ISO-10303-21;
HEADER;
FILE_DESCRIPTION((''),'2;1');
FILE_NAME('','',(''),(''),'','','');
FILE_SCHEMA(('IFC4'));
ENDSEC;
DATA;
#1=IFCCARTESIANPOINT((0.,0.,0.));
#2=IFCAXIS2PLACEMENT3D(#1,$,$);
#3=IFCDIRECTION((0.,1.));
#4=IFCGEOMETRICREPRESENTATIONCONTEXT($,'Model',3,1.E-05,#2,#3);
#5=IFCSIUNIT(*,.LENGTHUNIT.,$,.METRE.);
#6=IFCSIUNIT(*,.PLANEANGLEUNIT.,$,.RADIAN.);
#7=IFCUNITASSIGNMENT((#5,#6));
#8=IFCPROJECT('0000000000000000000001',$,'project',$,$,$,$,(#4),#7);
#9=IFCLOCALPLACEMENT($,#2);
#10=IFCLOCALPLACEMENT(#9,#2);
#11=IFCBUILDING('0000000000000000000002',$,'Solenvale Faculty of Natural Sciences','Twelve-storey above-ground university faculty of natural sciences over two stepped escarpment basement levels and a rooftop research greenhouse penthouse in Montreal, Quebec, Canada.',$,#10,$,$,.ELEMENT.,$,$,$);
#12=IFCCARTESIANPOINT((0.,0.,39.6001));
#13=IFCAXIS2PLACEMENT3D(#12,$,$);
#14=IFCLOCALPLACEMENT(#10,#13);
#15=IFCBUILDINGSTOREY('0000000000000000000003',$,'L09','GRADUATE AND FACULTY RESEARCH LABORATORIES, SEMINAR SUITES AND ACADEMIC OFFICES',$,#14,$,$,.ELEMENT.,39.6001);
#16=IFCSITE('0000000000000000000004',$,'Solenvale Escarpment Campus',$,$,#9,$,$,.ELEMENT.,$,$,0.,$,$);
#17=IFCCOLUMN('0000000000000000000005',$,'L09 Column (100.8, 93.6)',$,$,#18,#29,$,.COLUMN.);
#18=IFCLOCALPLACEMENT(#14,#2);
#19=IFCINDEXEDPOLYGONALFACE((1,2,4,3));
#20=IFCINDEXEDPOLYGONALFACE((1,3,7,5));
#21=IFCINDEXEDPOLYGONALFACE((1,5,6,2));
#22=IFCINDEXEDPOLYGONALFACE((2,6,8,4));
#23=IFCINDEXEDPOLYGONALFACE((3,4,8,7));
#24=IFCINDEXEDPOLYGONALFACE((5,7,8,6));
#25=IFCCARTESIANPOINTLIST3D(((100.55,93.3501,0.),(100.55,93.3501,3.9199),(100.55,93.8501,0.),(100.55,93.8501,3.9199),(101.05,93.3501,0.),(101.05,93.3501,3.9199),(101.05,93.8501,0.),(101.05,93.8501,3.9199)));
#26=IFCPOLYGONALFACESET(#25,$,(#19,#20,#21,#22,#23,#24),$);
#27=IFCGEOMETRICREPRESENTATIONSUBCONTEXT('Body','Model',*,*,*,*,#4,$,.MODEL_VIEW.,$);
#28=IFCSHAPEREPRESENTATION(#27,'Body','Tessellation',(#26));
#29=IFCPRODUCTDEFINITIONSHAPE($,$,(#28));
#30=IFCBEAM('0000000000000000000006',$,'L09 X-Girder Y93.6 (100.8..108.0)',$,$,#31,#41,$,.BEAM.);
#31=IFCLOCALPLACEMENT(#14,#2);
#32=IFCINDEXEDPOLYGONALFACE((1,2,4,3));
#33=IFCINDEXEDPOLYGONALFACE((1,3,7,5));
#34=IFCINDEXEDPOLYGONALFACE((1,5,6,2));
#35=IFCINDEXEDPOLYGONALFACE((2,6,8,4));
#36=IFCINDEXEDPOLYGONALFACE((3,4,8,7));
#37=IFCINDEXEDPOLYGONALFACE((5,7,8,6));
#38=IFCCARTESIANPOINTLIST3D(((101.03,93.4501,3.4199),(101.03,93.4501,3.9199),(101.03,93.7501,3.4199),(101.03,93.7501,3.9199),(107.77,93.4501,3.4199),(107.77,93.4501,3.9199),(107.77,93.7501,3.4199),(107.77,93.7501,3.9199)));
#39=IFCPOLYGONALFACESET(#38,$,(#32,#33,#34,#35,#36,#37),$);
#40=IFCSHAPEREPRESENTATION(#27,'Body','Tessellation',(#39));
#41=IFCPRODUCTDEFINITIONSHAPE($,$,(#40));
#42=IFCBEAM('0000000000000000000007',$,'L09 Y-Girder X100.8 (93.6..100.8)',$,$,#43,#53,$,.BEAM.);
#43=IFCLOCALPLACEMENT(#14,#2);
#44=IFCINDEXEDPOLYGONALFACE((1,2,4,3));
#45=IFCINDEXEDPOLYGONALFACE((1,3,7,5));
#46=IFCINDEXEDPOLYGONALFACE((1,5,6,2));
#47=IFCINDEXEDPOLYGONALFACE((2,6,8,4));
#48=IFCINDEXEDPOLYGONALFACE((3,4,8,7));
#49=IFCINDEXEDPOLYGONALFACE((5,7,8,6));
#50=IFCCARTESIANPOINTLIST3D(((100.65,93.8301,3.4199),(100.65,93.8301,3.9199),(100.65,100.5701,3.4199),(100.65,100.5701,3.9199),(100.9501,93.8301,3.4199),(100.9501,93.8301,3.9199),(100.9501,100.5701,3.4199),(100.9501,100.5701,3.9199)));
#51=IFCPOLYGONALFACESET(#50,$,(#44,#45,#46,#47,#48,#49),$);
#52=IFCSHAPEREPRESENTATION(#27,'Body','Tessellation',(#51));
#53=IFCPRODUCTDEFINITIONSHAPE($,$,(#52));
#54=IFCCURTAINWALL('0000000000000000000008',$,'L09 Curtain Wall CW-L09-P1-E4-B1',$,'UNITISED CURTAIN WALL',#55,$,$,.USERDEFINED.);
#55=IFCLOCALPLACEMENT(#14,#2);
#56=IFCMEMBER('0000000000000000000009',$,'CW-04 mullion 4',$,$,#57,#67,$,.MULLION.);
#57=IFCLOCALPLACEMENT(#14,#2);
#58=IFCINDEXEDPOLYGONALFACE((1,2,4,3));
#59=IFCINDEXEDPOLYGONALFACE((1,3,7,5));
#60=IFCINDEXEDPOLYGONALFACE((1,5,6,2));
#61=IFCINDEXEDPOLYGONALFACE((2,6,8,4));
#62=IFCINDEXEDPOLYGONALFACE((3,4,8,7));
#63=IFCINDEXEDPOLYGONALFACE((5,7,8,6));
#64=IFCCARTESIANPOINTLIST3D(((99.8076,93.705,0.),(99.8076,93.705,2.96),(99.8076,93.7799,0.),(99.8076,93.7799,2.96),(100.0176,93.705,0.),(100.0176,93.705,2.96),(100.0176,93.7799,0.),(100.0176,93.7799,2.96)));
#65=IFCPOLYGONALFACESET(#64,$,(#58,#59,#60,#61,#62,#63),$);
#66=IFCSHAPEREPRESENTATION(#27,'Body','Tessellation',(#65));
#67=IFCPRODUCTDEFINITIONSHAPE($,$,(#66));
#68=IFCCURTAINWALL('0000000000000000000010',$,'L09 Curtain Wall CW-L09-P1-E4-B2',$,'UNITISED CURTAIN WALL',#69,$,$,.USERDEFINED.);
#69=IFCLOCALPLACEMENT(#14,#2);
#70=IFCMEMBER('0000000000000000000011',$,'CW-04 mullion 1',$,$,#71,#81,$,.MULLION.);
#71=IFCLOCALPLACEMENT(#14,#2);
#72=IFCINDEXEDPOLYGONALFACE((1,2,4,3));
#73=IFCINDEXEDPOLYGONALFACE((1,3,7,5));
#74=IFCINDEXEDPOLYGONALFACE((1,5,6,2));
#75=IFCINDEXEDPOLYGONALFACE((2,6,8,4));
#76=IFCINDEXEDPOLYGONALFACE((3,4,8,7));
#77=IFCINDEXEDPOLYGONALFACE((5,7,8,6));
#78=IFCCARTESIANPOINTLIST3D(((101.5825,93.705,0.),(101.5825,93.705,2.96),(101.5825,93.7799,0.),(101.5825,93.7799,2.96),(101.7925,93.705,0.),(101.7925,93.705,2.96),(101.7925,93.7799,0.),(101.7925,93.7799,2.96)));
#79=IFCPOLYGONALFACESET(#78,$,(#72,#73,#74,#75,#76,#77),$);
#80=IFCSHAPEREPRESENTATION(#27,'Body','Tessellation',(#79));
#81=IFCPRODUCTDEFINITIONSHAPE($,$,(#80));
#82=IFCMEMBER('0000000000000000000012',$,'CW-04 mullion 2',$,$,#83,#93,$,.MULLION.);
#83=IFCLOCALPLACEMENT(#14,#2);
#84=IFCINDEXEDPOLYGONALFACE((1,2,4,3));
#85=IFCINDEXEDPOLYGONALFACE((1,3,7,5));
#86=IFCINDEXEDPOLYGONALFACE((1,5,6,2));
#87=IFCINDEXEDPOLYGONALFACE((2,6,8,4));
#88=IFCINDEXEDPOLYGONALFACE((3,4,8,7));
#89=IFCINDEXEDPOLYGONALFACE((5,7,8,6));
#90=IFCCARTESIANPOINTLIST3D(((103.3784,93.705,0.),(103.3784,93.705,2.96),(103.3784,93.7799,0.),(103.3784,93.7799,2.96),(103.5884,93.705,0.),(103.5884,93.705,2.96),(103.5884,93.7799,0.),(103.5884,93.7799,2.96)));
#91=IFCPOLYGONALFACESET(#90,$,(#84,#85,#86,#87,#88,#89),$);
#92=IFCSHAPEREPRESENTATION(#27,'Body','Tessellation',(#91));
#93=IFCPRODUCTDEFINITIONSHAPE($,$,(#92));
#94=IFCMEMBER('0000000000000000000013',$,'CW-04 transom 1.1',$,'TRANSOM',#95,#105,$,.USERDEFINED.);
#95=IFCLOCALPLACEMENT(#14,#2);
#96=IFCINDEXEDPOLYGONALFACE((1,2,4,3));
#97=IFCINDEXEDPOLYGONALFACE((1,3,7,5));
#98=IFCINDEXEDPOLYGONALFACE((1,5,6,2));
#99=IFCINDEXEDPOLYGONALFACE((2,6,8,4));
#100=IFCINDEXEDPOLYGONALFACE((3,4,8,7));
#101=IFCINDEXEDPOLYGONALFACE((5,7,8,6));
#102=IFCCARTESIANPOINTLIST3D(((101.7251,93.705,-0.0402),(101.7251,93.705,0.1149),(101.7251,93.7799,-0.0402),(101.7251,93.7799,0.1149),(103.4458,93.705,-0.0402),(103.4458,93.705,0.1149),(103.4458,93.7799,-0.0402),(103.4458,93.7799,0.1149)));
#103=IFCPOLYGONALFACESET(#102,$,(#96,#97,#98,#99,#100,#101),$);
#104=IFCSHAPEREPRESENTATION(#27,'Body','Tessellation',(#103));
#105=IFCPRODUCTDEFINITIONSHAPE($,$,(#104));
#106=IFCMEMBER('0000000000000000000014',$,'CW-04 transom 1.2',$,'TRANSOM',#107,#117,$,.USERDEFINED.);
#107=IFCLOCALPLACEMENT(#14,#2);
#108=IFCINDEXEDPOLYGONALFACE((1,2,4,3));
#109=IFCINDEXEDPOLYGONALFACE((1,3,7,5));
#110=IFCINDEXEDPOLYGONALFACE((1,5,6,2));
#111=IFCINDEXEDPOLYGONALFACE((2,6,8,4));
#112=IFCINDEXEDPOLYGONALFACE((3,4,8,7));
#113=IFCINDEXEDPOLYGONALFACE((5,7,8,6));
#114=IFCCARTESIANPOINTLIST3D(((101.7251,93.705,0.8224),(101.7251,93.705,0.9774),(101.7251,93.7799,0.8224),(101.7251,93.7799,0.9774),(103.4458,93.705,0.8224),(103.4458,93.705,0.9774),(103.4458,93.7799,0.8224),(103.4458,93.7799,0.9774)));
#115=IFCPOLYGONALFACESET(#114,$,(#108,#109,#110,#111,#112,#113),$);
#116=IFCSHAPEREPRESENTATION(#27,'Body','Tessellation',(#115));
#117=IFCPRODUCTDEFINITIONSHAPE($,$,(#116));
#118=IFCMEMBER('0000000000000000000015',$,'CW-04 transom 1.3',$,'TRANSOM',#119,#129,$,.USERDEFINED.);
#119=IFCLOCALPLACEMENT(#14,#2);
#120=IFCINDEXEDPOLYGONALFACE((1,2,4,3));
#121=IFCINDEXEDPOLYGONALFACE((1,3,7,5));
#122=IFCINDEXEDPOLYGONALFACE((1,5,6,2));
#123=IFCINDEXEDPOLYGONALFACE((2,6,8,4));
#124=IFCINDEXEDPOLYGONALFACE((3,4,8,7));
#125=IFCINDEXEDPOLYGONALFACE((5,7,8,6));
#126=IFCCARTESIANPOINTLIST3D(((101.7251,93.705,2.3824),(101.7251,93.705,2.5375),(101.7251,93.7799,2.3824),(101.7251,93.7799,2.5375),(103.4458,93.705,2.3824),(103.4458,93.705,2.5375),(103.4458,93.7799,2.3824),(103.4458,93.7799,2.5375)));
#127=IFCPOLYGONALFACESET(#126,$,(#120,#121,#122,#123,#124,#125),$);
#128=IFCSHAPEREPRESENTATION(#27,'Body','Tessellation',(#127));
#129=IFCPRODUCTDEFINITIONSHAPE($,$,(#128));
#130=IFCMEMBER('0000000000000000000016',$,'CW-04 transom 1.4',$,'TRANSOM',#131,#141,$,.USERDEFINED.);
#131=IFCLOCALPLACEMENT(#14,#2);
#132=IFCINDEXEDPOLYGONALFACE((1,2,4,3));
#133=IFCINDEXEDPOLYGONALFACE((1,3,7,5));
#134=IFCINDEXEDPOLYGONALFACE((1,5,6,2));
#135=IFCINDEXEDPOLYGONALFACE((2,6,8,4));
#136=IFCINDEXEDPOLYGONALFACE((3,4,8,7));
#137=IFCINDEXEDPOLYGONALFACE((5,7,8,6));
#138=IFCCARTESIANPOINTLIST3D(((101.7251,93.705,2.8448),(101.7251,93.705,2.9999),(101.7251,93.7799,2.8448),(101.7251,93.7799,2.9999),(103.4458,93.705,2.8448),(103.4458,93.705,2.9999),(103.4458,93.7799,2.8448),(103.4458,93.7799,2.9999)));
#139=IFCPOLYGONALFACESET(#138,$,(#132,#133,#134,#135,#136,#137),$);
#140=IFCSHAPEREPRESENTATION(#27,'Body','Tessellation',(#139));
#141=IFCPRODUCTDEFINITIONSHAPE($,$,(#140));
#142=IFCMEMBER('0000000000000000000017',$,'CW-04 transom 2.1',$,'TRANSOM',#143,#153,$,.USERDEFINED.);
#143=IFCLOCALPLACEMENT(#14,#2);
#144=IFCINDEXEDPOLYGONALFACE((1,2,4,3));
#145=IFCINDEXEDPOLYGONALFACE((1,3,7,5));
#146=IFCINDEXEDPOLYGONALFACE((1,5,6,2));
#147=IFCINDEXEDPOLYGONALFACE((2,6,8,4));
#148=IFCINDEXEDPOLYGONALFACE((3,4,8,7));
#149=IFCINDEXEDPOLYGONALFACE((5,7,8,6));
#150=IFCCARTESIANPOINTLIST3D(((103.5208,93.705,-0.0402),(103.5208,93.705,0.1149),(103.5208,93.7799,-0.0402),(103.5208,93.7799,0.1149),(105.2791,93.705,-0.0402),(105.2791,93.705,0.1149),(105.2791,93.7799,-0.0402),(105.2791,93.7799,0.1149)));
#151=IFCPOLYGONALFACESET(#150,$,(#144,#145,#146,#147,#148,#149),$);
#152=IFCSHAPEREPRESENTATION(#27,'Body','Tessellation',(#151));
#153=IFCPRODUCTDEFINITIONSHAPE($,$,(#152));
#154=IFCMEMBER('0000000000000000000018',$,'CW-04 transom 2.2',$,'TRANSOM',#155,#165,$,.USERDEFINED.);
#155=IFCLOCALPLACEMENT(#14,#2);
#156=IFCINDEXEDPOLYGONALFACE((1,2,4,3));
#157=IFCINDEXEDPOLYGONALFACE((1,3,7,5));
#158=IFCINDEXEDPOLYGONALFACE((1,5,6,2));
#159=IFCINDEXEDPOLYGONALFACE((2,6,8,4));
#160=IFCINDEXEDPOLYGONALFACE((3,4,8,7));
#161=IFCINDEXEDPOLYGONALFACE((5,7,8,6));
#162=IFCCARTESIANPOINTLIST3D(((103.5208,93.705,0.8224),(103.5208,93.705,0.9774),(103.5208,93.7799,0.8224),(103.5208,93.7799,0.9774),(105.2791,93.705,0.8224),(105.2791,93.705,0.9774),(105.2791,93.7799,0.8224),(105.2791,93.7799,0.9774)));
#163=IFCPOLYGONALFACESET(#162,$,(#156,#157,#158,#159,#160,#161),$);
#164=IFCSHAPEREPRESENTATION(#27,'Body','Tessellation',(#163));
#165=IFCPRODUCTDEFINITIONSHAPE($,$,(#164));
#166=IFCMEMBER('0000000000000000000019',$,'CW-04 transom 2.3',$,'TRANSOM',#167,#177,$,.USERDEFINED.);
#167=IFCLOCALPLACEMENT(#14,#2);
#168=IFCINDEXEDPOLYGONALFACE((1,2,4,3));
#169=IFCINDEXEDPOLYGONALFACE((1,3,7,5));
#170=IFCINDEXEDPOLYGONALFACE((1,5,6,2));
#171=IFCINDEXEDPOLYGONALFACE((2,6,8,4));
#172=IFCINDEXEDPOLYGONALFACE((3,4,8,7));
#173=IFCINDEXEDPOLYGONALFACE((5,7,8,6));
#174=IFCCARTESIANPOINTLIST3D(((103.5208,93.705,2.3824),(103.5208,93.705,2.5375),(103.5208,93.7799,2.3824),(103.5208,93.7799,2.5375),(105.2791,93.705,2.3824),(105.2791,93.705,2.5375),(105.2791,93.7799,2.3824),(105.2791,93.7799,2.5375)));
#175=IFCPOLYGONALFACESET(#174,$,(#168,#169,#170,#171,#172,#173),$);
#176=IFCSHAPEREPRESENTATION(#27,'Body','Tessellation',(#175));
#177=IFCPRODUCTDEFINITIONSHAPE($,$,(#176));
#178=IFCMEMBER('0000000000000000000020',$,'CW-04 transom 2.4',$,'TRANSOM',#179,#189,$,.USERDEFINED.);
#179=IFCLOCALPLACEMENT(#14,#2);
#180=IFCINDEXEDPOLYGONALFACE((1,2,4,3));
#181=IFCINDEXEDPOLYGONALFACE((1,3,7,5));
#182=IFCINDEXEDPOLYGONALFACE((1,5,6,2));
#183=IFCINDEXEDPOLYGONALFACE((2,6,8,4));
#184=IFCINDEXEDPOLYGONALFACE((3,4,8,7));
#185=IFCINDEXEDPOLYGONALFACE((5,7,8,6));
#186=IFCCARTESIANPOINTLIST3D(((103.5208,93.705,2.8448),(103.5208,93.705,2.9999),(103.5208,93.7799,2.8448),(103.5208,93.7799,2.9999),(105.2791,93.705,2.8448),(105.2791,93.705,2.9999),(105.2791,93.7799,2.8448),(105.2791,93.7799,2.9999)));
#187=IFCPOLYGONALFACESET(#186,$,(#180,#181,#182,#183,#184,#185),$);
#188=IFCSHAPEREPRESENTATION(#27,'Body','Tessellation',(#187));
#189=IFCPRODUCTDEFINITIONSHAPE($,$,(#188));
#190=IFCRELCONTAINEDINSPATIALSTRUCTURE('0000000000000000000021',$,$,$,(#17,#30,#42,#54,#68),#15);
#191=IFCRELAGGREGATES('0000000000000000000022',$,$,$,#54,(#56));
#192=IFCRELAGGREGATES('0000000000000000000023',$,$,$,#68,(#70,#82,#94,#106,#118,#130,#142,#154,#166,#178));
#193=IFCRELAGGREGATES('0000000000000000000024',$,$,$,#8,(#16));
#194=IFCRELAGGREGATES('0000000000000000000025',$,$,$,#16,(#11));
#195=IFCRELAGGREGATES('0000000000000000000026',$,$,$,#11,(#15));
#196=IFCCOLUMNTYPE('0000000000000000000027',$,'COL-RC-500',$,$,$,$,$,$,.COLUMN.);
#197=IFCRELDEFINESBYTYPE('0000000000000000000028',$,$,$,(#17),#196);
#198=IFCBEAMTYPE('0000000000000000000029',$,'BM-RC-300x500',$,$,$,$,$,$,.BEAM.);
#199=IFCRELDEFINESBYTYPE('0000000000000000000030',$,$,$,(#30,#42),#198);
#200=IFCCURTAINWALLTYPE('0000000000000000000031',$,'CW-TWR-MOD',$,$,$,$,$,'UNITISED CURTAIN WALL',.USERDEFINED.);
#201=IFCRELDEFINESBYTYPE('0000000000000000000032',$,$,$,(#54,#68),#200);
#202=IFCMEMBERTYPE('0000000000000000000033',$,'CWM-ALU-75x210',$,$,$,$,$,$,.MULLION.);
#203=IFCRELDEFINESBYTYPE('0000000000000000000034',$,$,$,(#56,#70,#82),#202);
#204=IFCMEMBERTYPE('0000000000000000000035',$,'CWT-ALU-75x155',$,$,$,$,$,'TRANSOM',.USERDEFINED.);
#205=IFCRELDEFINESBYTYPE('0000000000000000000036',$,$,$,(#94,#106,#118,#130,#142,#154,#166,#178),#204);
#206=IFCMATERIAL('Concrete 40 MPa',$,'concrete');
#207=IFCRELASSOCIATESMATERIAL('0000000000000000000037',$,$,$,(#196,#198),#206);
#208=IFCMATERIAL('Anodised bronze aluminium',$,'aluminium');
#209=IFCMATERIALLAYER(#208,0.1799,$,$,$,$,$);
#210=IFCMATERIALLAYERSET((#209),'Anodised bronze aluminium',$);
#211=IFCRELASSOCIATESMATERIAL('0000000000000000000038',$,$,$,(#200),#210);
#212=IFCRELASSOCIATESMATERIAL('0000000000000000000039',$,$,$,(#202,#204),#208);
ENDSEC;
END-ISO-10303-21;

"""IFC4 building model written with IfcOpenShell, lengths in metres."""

from ifc_helpers import new_model, si_unit, direction, frame, origin, origin_2d, place, context, subcontext, project, spatial, rectangle, extrude, material, layer, layer_set, material_profile, profile_set, type_object, element, aggregate, save


model = new_model("IFC4")

# Units and contexts
model_context = context("Model", 3, precision=1e-05, world=origin(), true_north=direction((0.0, 1.0)))
body_context = subcontext(model_context, "Body", "Model", "MODEL_VIEW")
ifc_project = project(units=[si_unit("LENGTHUNIT", "METRE"), si_unit("PLANEANGLEUNIT", "RADIAN")], contexts=[model_context])

# Site, building, storey
site_placement = place(None, origin())
site = spatial("IfcSite", under=ifc_project, at=site_placement, Name="Solenvale Escarpment Campus", CompositionType="ELEMENT", RefElevation=0.0)
building_placement = place(site_placement, origin())
building = spatial("IfcBuilding", under=site, at=building_placement, Name="Solenvale Faculty of Natural Sciences", Description="Twelve-storey above-ground university faculty of natural sciences over two stepped escarpment basement levels and a rooftop research greenhouse penthouse in Montreal, Quebec, Canada.", CompositionType="ELEMENT")
storey_placement = place(building_placement, frame((0.0, 0.0, 39.6001)))
storey = spatial("IfcBuildingStorey", under=building, at=storey_placement, Name="L09", Description="GRADUATE AND FACULTY RESEARCH LABORATORIES, SEMINAR SUITES AND ACADEMIC OFFICES", CompositionType="ELEMENT", Elevation=39.6001)

# Column
ifc_material_1 = material(Name="Concrete 40 MPa", Category="concrete")
ifc_material_profile_1 = material_profile(ifc_material_1, rectangle(XDim=0.5, YDim=0.5, at=origin_2d()), Name="RC-COL-500x500")
ifc_profile_set_1 = profile_set([ifc_material_profile_1], Name="Concrete 40 MPa")
column_type = type_object("IfcColumnType", Name="COL-RC-500", PredefinedType="COLUMN", material=ifc_profile_set_1)
column_placement = place(storey_placement, frame((100.8, 93.6001, 0.0), z_axis=(0.0, 0.0, 1.0), x_axis=(1.0, 0.0, 0.0)))
element("IfcColumn", 1, at=column_placement, inside=storey, type_object=column_type, Name="L09 Column (100.8, 93.6)", PredefinedType="COLUMN", context=body_context, shape_type="SweptSolid", body=[
    extrude(rectangle(XDim=0.5, YDim=0.5, at=origin_2d()), origin(), (0.0, 0.0, 1.0), 3.9199),
])

# Beams
ifc_material_profile_2 = material_profile(ifc_material_1, rectangle(XDim=0.3, YDim=0.5, at=origin_2d()), Name="RC-BM-300x500")
ifc_profile_set_2 = profile_set([ifc_material_profile_2], Name="Concrete 40 MPa")
beam_type = type_object("IfcBeamType", Name="BM-RC-300x500", PredefinedType="BEAM", material=ifc_profile_set_2)
for number, where, z_axis, x_axis, name in (
    (2, (101.03, 93.6001, 3.6699), (1.0, 0.0, 0.0), (0.0, 1.0, 0.0), "L09 X-Girder Y93.6 (100.8..108.0)"),
    (3, (100.8, 93.8301, 3.6699), (0.0, 1.0, 0.0), (-1.0, 0.0, 0.0), "L09 Y-Girder X100.8 (93.6..100.8)"),
):
    element("IfcBeam", number, at=place(storey_placement, frame(where, z_axis=z_axis, x_axis=x_axis)), inside=storey, type_object=beam_type, Name=name, PredefinedType="BEAM", context=body_context, shape_type="SweptSolid", body=[
        extrude(rectangle(XDim=0.3, YDim=0.5, at=origin_2d()), origin(), (0.0, 0.0, 1.0), 6.74),
    ])

# Curtain wall, member
ifc_material_2 = material(Name="Anodised bronze aluminium", Category="aluminium")
ifc_layer_1 = layer(ifc_material_2, 0.1799)
ifc_layer_set_1 = layer_set([ifc_layer_1], Name="Anodised bronze aluminium")
curtain_wall_type = type_object("IfcCurtainWallType", Name="CW-TWR-MOD", ElementType="UNITISED CURTAIN WALL", PredefinedType="USERDEFINED", material=ifc_layer_set_1)
curtain_wall_1_placement = place(storey_placement, origin())
curtain_wall_1 = element("IfcCurtainWall", 4, at=curtain_wall_1_placement, inside=storey, type_object=curtain_wall_type, Name="L09 Curtain Wall CW-L09-P1-E4-B1", ObjectType="UNITISED CURTAIN WALL", PredefinedType="USERDEFINED")
ifc_material_profile_3 = material_profile(ifc_material_2, rectangle(XDim=0.075, YDim=0.21, at=origin_2d()), Name="ALU-MUL-75x210")
ifc_profile_set_3 = profile_set([ifc_material_profile_3], Name="Anodised bronze aluminium")
member_type_1 = type_object("IfcMemberType", Name="CWM-ALU-75x210", PredefinedType="MULLION", material=ifc_profile_set_3)
member_1_placement = place(storey_placement, frame((99.9126, 93.7424, 0.0), z_axis=(0.0, 0.0, 1.0), x_axis=(0.0, 1.0, 0.0)))
member_1 = element("IfcMember", 5, at=member_1_placement, type_object=member_type_1, Name="CW-04 mullion 4", PredefinedType="MULLION", context=body_context, shape_type="SweptSolid", body=[
    extrude(rectangle(XDim=0.075, YDim=0.21, at=origin_2d()), origin(), (0.0, 0.0, 1.0), 2.96),
])
aggregate(curtain_wall_1, [member_1])

# Curtain wall, members
curtain_wall_2_placement = place(storey_placement, origin())
curtain_wall_2 = element("IfcCurtainWall", 6, at=curtain_wall_2_placement, inside=storey, type_object=curtain_wall_type, Name="L09 Curtain Wall CW-L09-P1-E4-B2", ObjectType="UNITISED CURTAIN WALL", PredefinedType="USERDEFINED")
member_2_placement = place(storey_placement, frame((101.6875, 93.7424, 0.0), z_axis=(0.0, 0.0, 1.0), x_axis=(0.0, 1.0, 0.0)))
member_2 = element("IfcMember", 7, at=member_2_placement, type_object=member_type_1, Name="CW-04 mullion 1", PredefinedType="MULLION", context=body_context, shape_type="SweptSolid", body=[
    extrude(rectangle(XDim=0.075, YDim=0.21, at=origin_2d()), origin(), (0.0, 0.0, 1.0), 2.96),
])
member_3_placement = place(storey_placement, frame((103.4834, 93.7424, 0.0), z_axis=(0.0, 0.0, 1.0), x_axis=(0.0, 1.0, 0.0)))
member_3 = element("IfcMember", 8, at=member_3_placement, type_object=member_type_1, Name="CW-04 mullion 2", PredefinedType="MULLION", context=body_context, shape_type="SweptSolid", body=[
    extrude(rectangle(XDim=0.075, YDim=0.21, at=origin_2d()), origin(), (0.0, 0.0, 1.0), 2.96),
])
ifc_material_profile_4 = material_profile(ifc_material_2, rectangle(XDim=0.075, YDim=0.155, at=origin_2d()), Name="ALU-TRN-75x155")
ifc_profile_set_4 = profile_set([ifc_material_profile_4], Name="Anodised bronze aluminium")
member_type_2 = type_object("IfcMemberType", Name="CWT-ALU-75x155", ElementType="TRANSOM", PredefinedType="USERDEFINED", material=ifc_profile_set_4)
member_4_placement = place(storey_placement, frame((101.7251, 93.7424, 0.0374), z_axis=(1.0, 0.0, 0.0), x_axis=(0.0, 1.0, 0.0)))
member_4 = element("IfcMember", 9, at=member_4_placement, type_object=member_type_2, Name="CW-04 transom 1.1", ObjectType="TRANSOM", PredefinedType="USERDEFINED", context=body_context, shape_type="SweptSolid", body=[
    extrude(rectangle(XDim=0.075, YDim=0.155, at=origin_2d()), origin(), (0.0, 0.0, 1.0), 1.7207),
])
member_5_placement = place(storey_placement, frame((101.7251, 93.7424, 0.8999), z_axis=(1.0, 0.0, 0.0), x_axis=(0.0, 1.0, 0.0)))
member_5 = element("IfcMember", 10, at=member_5_placement, type_object=member_type_2, Name="CW-04 transom 1.2", ObjectType="TRANSOM", PredefinedType="USERDEFINED", context=body_context, shape_type="SweptSolid", body=[
    extrude(rectangle(XDim=0.075, YDim=0.155, at=origin_2d()), origin(), (0.0, 0.0, 1.0), 1.7207),
])
member_6_placement = place(storey_placement, frame((101.7251, 93.7424, 2.46), z_axis=(1.0, 0.0, 0.0), x_axis=(0.0, 1.0, 0.0)))
member_6 = element("IfcMember", 11, at=member_6_placement, type_object=member_type_2, Name="CW-04 transom 1.3", ObjectType="TRANSOM", PredefinedType="USERDEFINED", context=body_context, shape_type="SweptSolid", body=[
    extrude(rectangle(XDim=0.075, YDim=0.155, at=origin_2d()), origin(), (0.0, 0.0, 1.0), 1.7207),
])
member_7_placement = place(storey_placement, frame((101.7251, 93.7424, 2.9224), z_axis=(1.0, 0.0, 0.0), x_axis=(0.0, 1.0, 0.0)))
member_7 = element("IfcMember", 12, at=member_7_placement, type_object=member_type_2, Name="CW-04 transom 1.4", ObjectType="TRANSOM", PredefinedType="USERDEFINED", context=body_context, shape_type="SweptSolid", body=[
    extrude(rectangle(XDim=0.075, YDim=0.155, at=origin_2d()), origin(), (0.0, 0.0, 1.0), 1.7207),
])
member_8_placement = place(storey_placement, frame((103.5208, 93.7424, 0.0374), z_axis=(1.0, 0.0, 0.0), x_axis=(0.0, 1.0, 0.0)))
member_8 = element("IfcMember", 13, at=member_8_placement, type_object=member_type_2, Name="CW-04 transom 2.1", ObjectType="TRANSOM", PredefinedType="USERDEFINED", context=body_context, shape_type="SweptSolid", body=[
    extrude(rectangle(XDim=0.075, YDim=0.155, at=origin_2d()), origin(), (0.0, 0.0, 1.0), 1.7583),
])
member_9_placement = place(storey_placement, frame((103.5208, 93.7424, 0.8999), z_axis=(1.0, 0.0, 0.0), x_axis=(0.0, 1.0, 0.0)))
member_9 = element("IfcMember", 14, at=member_9_placement, type_object=member_type_2, Name="CW-04 transom 2.2", ObjectType="TRANSOM", PredefinedType="USERDEFINED", context=body_context, shape_type="SweptSolid", body=[
    extrude(rectangle(XDim=0.075, YDim=0.155, at=origin_2d()), origin(), (0.0, 0.0, 1.0), 1.7583),
])
member_10_placement = place(storey_placement, frame((103.5208, 93.7424, 2.46), z_axis=(1.0, 0.0, 0.0), x_axis=(0.0, 1.0, 0.0)))
member_10 = element("IfcMember", 15, at=member_10_placement, type_object=member_type_2, Name="CW-04 transom 2.3", ObjectType="TRANSOM", PredefinedType="USERDEFINED", context=body_context, shape_type="SweptSolid", body=[
    extrude(rectangle(XDim=0.075, YDim=0.155, at=origin_2d()), origin(), (0.0, 0.0, 1.0), 1.7583),
])
member_11_placement = place(storey_placement, frame((103.5208, 93.7424, 2.9224), z_axis=(1.0, 0.0, 0.0), x_axis=(0.0, 1.0, 0.0)))
member_11 = element("IfcMember", 16, at=member_11_placement, type_object=member_type_2, Name="CW-04 transom 2.4", ObjectType="TRANSOM", PredefinedType="USERDEFINED", context=body_context, shape_type="SweptSolid", body=[
    extrude(rectangle(XDim=0.075, YDim=0.155, at=origin_2d()), origin(), (0.0, 0.0, 1.0), 1.7583),
])
aggregate(curtain_wall_2, [member_2, member_3, member_4, member_5, member_6, member_7, member_8, member_9, member_10, member_11])

save(model, "model.ifc")
